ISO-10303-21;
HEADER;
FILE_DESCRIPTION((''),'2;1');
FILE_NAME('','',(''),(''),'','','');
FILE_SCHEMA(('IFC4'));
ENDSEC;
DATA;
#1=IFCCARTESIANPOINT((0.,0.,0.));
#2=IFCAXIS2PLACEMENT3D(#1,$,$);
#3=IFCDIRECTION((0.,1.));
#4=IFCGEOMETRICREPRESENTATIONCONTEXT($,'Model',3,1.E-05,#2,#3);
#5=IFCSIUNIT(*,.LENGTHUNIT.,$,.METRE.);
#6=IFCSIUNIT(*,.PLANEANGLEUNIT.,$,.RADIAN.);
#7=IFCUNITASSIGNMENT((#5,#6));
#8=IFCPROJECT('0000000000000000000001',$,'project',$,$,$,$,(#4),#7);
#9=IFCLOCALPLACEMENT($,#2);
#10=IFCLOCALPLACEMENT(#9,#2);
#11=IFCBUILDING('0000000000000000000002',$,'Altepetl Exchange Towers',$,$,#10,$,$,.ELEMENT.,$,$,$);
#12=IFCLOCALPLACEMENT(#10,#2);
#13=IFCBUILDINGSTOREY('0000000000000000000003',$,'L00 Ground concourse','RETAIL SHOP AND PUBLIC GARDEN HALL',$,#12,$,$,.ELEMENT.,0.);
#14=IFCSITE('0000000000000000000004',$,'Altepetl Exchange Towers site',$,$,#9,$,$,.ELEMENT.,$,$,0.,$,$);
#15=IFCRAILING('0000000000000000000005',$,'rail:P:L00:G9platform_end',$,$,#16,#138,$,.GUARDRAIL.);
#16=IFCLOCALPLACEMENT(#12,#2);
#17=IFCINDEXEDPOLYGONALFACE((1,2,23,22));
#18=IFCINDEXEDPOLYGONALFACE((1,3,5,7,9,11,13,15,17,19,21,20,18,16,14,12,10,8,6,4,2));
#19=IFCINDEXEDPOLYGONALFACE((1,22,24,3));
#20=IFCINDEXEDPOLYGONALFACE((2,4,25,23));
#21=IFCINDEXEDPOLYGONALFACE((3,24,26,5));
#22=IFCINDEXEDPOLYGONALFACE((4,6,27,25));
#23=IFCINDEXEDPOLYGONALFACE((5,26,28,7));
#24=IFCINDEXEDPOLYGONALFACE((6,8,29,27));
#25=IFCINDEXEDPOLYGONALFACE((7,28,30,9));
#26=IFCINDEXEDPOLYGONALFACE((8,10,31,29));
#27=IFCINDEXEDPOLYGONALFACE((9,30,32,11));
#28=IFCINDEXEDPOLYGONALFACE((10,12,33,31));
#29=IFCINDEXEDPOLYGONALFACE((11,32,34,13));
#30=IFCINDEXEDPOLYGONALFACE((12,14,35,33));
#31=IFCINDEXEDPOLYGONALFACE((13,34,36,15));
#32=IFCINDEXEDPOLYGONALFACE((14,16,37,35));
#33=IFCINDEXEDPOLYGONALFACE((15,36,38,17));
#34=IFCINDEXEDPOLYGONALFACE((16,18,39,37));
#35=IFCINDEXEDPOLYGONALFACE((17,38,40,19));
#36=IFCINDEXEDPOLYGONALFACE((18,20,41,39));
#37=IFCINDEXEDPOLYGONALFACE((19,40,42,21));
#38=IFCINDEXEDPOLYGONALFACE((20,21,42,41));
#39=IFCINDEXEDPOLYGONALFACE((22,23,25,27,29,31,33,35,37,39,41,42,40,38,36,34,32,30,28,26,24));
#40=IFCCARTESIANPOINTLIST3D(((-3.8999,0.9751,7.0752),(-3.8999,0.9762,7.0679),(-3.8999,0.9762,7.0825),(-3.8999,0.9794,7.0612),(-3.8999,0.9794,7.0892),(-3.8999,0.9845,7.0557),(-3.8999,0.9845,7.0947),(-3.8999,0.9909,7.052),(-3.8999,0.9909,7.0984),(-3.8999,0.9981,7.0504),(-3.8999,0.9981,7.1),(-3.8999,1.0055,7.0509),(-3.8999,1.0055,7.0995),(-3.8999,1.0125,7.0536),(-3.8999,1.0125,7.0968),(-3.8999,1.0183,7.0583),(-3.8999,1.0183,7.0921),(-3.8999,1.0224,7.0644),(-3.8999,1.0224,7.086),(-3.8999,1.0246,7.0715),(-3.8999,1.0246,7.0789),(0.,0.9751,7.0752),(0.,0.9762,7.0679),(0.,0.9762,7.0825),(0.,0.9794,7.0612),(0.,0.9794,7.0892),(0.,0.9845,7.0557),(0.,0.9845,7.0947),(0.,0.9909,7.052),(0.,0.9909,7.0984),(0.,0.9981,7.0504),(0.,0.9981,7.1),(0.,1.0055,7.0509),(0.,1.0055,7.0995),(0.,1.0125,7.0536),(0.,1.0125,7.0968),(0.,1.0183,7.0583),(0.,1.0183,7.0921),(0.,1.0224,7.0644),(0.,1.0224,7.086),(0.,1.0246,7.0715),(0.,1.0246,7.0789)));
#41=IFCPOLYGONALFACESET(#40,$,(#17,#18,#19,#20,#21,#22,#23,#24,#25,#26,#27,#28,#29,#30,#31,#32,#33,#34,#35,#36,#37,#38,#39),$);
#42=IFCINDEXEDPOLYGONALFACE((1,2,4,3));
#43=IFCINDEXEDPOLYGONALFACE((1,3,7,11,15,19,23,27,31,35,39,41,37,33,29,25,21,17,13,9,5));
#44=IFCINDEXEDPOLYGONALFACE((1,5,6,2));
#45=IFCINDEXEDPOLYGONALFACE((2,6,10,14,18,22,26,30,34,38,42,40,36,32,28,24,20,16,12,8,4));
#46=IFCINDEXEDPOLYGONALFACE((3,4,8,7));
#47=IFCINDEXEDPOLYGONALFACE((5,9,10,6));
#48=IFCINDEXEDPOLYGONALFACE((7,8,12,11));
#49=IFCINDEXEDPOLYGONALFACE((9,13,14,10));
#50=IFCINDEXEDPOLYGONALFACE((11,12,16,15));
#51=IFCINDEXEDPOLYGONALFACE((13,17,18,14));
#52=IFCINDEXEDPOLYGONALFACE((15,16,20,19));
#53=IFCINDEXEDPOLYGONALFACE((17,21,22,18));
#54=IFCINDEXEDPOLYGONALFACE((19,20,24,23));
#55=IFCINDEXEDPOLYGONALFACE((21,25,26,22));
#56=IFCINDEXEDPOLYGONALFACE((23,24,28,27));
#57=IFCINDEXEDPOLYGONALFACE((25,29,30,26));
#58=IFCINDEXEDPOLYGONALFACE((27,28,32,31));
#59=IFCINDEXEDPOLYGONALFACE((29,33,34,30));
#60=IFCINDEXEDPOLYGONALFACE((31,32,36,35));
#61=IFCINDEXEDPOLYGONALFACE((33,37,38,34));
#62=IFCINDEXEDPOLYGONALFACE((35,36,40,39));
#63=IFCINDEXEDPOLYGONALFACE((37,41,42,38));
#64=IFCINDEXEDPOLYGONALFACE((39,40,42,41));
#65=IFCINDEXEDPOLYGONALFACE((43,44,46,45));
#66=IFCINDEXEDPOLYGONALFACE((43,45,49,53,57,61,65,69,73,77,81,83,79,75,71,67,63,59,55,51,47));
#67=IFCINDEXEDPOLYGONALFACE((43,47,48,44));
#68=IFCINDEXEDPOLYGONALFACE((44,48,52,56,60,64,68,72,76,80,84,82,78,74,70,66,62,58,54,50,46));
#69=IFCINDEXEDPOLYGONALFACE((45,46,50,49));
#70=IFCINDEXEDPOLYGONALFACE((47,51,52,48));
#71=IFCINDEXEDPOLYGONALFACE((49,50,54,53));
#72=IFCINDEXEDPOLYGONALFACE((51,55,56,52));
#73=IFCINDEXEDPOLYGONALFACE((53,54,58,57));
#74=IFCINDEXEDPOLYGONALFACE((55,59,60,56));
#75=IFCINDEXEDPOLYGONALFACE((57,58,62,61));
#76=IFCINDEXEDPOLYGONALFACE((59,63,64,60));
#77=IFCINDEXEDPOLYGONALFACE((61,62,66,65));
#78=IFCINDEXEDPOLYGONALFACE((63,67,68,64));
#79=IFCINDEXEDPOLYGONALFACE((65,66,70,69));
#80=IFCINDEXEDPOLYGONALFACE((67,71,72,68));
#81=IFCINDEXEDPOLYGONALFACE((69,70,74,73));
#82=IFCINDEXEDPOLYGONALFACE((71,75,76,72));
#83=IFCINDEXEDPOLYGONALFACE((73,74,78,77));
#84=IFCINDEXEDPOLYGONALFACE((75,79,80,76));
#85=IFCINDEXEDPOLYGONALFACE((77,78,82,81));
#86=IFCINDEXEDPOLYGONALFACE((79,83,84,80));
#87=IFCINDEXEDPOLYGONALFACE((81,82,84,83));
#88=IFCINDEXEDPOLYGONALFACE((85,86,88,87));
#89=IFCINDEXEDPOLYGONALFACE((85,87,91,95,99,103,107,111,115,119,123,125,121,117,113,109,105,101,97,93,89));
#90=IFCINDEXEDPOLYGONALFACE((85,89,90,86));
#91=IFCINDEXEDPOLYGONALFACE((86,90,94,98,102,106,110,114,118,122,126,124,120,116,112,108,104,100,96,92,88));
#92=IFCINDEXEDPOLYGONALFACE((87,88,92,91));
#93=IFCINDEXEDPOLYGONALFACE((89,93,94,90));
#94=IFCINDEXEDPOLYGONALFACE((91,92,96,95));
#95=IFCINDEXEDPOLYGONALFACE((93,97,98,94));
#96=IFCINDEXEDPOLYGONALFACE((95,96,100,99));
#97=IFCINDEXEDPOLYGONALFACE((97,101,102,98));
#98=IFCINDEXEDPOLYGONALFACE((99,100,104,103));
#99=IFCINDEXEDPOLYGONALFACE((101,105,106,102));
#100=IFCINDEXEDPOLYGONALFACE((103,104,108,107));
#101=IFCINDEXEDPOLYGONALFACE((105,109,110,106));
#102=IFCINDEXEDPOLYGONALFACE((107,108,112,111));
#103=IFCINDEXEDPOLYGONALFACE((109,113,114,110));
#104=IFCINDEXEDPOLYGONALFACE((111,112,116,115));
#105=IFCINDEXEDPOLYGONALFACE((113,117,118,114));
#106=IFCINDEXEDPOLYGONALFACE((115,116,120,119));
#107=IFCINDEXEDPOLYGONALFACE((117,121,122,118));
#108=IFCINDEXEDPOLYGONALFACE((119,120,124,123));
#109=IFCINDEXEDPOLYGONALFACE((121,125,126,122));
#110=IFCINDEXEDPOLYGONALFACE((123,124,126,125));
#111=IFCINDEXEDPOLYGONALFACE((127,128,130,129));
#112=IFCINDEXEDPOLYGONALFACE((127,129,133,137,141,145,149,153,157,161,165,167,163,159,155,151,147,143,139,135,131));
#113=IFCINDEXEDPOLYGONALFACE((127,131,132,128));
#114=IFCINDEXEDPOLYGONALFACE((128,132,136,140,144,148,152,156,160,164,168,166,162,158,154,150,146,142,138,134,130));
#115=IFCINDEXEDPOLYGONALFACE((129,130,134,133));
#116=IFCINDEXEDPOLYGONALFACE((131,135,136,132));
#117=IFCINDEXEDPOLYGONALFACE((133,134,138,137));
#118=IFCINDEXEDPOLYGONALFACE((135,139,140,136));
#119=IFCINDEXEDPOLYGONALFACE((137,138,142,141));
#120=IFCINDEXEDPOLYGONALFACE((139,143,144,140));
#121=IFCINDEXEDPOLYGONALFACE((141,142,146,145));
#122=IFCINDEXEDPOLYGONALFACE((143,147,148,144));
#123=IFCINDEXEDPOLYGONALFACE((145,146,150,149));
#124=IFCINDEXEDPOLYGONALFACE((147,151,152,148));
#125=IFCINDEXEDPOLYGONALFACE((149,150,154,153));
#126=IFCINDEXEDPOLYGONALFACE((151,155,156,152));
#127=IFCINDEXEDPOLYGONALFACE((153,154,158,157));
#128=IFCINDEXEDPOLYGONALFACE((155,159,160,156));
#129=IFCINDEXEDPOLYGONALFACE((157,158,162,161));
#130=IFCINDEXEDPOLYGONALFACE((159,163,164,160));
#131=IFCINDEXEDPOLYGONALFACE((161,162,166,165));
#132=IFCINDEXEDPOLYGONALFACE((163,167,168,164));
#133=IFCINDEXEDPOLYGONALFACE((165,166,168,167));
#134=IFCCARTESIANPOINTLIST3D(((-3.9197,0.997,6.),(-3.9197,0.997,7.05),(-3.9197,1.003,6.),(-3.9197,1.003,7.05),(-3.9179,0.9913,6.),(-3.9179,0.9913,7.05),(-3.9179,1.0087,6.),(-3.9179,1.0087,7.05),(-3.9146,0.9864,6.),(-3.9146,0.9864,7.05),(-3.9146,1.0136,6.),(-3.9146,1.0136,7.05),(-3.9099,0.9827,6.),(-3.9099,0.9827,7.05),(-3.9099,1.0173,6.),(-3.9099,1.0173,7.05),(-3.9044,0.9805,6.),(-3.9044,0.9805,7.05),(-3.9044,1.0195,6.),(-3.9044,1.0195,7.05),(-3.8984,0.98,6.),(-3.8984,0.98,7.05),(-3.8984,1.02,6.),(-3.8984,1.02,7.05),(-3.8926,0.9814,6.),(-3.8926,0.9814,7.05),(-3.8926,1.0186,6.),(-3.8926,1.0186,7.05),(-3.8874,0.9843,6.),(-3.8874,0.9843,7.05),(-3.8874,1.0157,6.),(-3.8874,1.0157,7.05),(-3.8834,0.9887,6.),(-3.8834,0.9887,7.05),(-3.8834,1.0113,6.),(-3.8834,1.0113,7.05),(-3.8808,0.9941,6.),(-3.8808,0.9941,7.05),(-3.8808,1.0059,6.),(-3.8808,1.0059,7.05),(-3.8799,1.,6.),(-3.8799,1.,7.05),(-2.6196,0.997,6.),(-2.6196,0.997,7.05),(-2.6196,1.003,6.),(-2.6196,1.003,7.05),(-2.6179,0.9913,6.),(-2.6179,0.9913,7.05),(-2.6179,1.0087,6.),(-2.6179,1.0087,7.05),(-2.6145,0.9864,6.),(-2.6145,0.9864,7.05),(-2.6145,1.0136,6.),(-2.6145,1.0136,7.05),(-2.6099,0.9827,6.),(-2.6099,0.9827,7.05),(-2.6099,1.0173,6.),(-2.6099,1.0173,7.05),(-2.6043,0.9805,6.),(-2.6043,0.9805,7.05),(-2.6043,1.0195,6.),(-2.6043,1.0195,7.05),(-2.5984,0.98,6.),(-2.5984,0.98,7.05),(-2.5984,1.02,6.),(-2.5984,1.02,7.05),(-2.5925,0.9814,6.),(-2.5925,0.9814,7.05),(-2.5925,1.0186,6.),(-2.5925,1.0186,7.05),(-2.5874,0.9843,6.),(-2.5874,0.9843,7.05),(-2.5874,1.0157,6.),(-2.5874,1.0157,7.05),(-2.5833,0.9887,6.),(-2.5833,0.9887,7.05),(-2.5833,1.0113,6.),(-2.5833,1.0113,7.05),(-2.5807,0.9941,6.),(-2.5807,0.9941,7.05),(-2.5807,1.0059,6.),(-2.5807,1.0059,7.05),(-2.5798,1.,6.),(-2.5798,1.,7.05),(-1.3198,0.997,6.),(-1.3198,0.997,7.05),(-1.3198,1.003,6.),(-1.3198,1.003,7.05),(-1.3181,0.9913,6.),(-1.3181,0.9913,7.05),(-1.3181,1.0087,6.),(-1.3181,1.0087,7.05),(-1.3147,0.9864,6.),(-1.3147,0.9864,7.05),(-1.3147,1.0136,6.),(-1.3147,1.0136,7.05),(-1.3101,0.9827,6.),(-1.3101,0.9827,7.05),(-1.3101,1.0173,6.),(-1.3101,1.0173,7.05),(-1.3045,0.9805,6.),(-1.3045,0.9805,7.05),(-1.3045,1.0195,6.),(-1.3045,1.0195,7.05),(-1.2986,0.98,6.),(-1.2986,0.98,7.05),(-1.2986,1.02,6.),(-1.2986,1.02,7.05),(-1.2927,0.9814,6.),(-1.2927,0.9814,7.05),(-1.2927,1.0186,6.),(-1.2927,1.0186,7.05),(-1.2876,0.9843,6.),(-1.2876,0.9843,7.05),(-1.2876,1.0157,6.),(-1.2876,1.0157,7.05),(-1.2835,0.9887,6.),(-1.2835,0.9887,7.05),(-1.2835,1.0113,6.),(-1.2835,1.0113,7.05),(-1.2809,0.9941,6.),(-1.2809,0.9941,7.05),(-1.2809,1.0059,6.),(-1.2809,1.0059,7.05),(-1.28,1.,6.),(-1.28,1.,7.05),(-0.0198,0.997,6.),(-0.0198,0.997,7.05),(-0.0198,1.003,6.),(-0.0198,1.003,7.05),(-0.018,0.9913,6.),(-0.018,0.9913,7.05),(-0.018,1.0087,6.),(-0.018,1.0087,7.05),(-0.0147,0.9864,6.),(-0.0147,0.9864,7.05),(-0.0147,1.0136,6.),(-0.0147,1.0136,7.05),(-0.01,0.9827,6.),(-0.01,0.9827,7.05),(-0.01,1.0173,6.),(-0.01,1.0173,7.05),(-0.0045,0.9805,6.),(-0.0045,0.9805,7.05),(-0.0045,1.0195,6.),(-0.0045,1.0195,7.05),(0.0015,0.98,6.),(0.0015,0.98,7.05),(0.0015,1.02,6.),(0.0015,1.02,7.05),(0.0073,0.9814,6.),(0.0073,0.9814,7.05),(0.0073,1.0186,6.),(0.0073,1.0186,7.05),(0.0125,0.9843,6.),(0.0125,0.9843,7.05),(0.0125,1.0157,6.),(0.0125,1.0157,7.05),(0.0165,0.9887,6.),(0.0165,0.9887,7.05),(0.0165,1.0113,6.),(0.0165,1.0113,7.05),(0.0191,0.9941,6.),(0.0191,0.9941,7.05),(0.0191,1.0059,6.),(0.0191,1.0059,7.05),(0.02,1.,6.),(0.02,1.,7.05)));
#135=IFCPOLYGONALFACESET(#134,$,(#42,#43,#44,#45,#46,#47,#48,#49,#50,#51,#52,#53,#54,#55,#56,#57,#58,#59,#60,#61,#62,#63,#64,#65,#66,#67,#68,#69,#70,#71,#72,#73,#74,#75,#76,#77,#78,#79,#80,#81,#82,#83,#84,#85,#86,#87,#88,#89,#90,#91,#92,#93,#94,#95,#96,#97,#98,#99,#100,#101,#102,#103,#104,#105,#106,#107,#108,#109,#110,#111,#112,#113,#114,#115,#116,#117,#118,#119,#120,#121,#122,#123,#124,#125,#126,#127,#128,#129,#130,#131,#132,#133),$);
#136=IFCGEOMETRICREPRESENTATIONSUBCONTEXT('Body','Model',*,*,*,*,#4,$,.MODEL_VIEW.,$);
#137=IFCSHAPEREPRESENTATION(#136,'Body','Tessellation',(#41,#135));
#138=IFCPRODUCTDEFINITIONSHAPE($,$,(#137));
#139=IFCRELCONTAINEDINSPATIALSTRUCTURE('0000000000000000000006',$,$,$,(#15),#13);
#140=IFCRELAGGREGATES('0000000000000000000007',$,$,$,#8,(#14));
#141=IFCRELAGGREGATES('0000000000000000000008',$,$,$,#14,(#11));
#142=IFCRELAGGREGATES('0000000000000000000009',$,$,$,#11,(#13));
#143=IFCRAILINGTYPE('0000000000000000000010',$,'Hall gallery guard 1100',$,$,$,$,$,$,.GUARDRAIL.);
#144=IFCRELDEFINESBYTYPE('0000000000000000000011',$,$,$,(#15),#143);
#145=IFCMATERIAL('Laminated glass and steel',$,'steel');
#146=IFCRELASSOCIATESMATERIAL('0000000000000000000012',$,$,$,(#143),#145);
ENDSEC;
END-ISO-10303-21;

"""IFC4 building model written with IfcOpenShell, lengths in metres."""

from ifc_helpers import new_model, si_unit, direction, frame, origin, origin_2d, place, context, subcontext, project, spatial, circle, extrude, source, transform, mapped, material, type_object, element, save


model = new_model("IFC4")

# Units and contexts
model_context = context("Model", 3, precision=1e-05, world=origin(), true_north=direction((0.0, 1.0)))
body_context = subcontext(model_context, "Body", "Model", "MODEL_VIEW")
ifc_project = project(units=[si_unit("LENGTHUNIT", "METRE"), si_unit("PLANEANGLEUNIT", "RADIAN")], contexts=[model_context])

# Site, building, storey
site_placement = place(None, origin())
site = spatial("IfcSite", under=ifc_project, at=site_placement, Name="Altepetl Exchange Towers site", CompositionType="ELEMENT", RefElevation=0.0)
building_placement = place(site_placement, origin())
building = spatial("IfcBuilding", under=site, at=building_placement, Name="Altepetl Exchange Towers", CompositionType="ELEMENT")
storey_placement = place(building_placement, origin())
storey = spatial("IfcBuildingStorey", under=building, at=storey_placement, Name="L00 Ground concourse", Description="RETAIL SHOP AND PUBLIC GARDEN HALL", CompositionType="ELEMENT", Elevation=0.0)

# Railing
ifc_material_1 = material(Name="Laminated glass and steel", Category="steel")
railing_type = type_object("IfcRailingType", Name="Hall gallery guard 1100", PredefinedType="GUARDRAIL", material=ifc_material_1)
shared_shape = source(origin(), body_context, "Body", "SweptSolid", [
    extrude(circle(Radius=0.02, at=origin_2d()), origin(), (0.0, 0.0, 1.0), 1.05),
])
railing_1_placement = place(storey_placement, frame((0.0, 1.0, 6.0)))
element("IfcRailing", 1, at=railing_1_placement, inside=storey, type_object=railing_type, Name="rail:P:L00:G9platform_end", PredefinedType="GUARDRAIL", context=body_context, shape_type="SweptSolid", body=[
    extrude(circle(Radius=0.0249, at=origin_2d()), frame((0.0, 0.0, 1.0752), z_axis=(-1.0, 0.0, 0.0), x_axis=(0.0, -1.0, 0.0)), (0.0, 0.0, 1.0), 3.8999),
    mapped(shared_shape, transform((0.0, 0.0, 0.0))),
    mapped(shared_shape, transform((-1.3, 0.0, 0.0))),
    mapped(shared_shape, transform((-2.5999, 0.0, 0.0))),
    mapped(shared_shape, transform((-3.8999, 0.0, 0.0))),
])

save(model, "model.ifc")
